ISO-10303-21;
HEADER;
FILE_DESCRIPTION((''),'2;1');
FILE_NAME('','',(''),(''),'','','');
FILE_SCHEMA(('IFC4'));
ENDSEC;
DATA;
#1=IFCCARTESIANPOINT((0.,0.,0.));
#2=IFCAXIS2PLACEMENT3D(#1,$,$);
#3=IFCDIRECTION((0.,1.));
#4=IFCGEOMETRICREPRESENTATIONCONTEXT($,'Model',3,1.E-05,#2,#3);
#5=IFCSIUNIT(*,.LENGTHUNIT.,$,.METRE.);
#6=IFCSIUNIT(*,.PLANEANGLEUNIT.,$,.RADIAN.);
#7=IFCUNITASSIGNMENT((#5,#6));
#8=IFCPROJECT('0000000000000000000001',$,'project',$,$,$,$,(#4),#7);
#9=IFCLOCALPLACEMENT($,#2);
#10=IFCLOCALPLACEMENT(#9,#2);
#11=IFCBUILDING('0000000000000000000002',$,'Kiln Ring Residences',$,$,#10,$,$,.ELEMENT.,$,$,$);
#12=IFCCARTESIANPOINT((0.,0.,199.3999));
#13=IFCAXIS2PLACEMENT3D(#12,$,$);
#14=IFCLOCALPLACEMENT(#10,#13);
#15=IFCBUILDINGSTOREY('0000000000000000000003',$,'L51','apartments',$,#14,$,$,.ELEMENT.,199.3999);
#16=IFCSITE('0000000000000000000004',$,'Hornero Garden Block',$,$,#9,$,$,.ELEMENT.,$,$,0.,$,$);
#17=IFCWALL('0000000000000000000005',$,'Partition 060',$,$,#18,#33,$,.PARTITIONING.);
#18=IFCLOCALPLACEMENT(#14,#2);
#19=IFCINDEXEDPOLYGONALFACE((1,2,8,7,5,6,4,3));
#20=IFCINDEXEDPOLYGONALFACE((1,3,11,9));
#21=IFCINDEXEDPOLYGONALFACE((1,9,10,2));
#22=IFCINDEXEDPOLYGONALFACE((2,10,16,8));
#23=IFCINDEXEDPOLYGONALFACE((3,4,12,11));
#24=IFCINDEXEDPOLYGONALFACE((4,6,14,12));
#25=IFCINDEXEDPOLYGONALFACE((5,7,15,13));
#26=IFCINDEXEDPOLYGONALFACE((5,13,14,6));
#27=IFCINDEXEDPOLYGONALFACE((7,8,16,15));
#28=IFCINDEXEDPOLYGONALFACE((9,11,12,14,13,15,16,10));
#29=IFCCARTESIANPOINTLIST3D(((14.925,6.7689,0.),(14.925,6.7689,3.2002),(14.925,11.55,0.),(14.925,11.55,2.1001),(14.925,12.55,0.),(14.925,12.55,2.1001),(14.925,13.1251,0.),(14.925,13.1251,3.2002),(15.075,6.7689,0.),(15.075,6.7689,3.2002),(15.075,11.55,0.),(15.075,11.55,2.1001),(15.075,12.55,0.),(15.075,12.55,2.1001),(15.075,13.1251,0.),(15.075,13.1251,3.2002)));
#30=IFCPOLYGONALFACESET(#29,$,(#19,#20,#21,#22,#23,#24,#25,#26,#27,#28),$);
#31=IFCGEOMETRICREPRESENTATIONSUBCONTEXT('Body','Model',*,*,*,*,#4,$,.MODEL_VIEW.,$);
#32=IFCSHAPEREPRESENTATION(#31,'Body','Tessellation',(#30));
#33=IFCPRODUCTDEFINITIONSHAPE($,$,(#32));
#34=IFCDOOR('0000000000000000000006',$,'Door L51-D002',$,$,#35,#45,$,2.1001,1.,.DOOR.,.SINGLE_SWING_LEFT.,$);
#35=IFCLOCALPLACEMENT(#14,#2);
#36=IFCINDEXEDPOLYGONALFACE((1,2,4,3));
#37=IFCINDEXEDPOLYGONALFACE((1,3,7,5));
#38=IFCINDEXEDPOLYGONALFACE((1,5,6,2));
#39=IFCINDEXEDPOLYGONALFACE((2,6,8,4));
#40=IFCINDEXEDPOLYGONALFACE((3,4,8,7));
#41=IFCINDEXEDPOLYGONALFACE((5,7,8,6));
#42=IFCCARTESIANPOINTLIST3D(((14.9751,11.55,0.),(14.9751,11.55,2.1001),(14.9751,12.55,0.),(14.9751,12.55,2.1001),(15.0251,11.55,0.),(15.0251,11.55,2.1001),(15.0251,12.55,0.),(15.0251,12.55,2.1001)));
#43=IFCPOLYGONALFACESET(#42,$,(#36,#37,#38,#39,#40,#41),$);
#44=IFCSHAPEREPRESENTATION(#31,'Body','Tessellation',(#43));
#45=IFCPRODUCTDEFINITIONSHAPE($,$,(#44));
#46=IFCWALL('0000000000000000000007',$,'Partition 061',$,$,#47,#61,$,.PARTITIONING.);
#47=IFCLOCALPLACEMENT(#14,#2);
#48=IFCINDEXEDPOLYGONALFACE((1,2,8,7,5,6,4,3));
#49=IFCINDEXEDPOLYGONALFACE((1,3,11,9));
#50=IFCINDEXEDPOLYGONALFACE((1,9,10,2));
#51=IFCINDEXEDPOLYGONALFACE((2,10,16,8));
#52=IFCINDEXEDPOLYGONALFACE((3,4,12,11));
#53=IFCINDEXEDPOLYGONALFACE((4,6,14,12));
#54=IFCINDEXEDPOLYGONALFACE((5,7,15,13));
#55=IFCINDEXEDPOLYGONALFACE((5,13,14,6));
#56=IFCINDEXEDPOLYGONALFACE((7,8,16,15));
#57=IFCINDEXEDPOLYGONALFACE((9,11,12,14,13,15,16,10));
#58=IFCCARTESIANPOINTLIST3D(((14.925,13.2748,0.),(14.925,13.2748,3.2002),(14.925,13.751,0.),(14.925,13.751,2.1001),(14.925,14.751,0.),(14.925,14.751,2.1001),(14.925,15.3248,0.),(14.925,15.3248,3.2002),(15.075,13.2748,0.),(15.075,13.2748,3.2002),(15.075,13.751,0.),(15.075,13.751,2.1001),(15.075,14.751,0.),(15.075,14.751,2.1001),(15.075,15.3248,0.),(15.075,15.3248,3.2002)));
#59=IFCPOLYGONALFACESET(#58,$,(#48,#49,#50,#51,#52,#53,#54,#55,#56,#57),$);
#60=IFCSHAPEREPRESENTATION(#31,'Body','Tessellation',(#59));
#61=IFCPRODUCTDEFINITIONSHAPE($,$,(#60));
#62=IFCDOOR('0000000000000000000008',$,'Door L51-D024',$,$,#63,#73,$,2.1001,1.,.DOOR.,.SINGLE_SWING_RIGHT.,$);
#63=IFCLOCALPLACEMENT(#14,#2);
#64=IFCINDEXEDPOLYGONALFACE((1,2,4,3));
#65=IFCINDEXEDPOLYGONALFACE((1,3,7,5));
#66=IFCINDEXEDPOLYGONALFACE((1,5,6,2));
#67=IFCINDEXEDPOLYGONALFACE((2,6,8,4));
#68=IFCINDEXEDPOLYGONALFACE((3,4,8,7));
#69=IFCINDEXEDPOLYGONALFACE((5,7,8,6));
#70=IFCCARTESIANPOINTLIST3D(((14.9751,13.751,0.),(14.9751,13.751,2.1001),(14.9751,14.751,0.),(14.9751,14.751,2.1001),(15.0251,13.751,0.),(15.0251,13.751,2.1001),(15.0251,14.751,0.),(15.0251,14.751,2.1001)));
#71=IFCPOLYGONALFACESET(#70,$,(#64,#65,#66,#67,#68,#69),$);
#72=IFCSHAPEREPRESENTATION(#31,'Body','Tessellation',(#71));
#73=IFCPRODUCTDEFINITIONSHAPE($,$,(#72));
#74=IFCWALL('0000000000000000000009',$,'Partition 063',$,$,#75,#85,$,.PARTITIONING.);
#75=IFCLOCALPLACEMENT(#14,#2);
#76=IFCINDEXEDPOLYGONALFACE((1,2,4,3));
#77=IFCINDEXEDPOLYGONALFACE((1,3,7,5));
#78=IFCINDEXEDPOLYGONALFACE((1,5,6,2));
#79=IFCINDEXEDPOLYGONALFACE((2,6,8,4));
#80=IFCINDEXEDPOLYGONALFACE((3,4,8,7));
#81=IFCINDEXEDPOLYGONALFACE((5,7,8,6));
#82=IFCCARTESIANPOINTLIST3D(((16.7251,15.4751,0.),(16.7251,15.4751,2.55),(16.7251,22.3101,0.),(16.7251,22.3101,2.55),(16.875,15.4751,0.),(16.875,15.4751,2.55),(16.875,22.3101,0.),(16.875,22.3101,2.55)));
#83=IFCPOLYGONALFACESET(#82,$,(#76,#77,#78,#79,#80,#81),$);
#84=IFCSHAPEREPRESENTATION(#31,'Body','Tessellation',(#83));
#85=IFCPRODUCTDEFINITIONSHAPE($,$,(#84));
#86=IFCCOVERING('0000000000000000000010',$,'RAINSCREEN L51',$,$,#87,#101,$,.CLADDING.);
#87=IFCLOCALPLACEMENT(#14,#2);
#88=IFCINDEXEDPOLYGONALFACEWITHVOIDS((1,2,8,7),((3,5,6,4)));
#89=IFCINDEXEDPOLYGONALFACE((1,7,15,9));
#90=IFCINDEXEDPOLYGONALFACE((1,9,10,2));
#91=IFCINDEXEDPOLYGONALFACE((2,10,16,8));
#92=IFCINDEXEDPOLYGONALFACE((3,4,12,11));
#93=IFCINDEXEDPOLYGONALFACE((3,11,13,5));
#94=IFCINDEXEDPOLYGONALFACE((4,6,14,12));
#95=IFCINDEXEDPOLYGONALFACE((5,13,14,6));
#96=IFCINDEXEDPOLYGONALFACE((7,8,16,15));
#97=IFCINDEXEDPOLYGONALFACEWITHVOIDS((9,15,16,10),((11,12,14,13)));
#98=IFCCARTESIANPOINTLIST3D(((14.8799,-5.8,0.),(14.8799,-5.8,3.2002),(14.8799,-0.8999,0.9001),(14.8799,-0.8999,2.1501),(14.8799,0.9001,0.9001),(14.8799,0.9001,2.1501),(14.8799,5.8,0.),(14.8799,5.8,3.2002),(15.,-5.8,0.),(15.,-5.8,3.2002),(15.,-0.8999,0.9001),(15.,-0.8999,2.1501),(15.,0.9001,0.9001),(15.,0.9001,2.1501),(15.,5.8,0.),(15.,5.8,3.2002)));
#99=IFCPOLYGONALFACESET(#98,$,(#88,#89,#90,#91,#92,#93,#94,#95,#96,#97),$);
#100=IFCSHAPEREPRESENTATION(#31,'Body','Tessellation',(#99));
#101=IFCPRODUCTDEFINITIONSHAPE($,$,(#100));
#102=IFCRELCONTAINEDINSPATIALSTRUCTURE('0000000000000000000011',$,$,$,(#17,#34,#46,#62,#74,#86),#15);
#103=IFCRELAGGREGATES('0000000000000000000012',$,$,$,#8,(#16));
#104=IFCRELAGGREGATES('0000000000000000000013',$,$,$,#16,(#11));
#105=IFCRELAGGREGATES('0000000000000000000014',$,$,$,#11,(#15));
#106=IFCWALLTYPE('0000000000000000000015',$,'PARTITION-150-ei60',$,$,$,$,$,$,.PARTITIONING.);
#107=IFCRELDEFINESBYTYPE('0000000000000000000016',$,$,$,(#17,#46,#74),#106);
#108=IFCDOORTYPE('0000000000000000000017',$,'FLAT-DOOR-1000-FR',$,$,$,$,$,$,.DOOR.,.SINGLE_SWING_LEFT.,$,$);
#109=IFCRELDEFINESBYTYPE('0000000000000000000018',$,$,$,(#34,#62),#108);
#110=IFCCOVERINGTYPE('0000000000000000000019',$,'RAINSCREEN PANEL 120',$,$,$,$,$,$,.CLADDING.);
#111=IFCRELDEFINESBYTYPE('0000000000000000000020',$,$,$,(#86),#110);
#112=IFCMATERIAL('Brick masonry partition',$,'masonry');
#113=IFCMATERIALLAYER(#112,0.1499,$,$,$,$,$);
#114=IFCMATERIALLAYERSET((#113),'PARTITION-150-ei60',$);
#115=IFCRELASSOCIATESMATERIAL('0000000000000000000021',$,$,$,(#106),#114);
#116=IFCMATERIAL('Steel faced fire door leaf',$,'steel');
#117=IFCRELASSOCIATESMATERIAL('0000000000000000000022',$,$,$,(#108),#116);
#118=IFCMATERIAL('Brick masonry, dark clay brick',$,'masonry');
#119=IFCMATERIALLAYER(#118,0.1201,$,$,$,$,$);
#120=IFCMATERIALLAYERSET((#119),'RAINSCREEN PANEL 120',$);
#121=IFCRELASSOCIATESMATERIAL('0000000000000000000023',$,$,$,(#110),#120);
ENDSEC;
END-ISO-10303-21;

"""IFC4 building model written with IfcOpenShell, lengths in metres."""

from ifc_helpers import new_model, si_unit, direction, frame, frame_2d, origin, place, context, subcontext, project, spatial, polyline, rectangle, outline, extrude, material, layer, layer_set, type_object, element, fill, save


model = new_model("IFC4")

# Units and contexts
model_context = context("Model", 3, precision=1e-05, world=origin(), true_north=direction((0.0, 1.0)))
body_context = subcontext(model_context, "Body", "Model", "MODEL_VIEW")
ifc_project = project(units=[si_unit("LENGTHUNIT", "METRE"), si_unit("PLANEANGLEUNIT", "RADIAN")], contexts=[model_context])

# Site, building, storey
site_placement = place(None, origin())
site = spatial("IfcSite", under=ifc_project, at=site_placement, Name="Hornero Garden Block", CompositionType="ELEMENT", RefElevation=0.0)
building_placement = place(site_placement, origin())
building = spatial("IfcBuilding", under=site, at=building_placement, Name="Kiln Ring Residences", CompositionType="ELEMENT")
storey_placement = place(building_placement, frame((0.0, 0.0, 199.3999)))
storey = spatial("IfcBuildingStorey", under=building, at=storey_placement, Name="L51", Description="apartments", CompositionType="ELEMENT", Elevation=199.3999)

# Shared definitions
ifc_material_1 = material(Name="Brick masonry partition", Category="masonry")
ifc_layer_1 = layer(ifc_material_1, 0.1499)
ifc_layer_set_1 = layer_set([ifc_layer_1], Name="PARTITION-150-ei60")
wall_type_1 = type_object("IfcWallType", Name="PARTITION-150-ei60", PredefinedType="PARTITIONING", material=ifc_layer_set_1)
ifc_material_2 = material(Name="Steel faced fire door leaf", Category="steel")
door_type_1 = type_object("IfcDoorType", Name="FLAT-DOOR-1000-FR", OperationType="SINGLE_SWING_LEFT", PredefinedType="DOOR", material=ifc_material_2)

# Walls, openings, doors
wall_1_placement = place(storey_placement, frame((15.0, 6.7688, 0.0), z_axis=(0.0, 0.0, 1.0), x_axis=(0.0, 1.0, 0.0)))
wall_1 = element("IfcWall", 1, at=wall_1_placement, inside=storey, type_object=wall_type_1, Name="Partition 060", PredefinedType="PARTITIONING", context=body_context, shape_type="SweptSolid", body=[
    extrude(rectangle(XDim=6.3562, YDim=0.1499, at=frame_2d((3.1782, 0.0))), origin(), (0.0, 0.0, 1.0), 3.2002),
])
opening_1_placement = place(wall_1_placement, frame((4.7812, 0.0, 0.0)))
opening_1 = element("IfcOpeningElement", 2, at=opening_1_placement, cuts=wall_1, PredefinedType="OPENING", context=body_context, shape_type="SweptSolid", body=[
    extrude(rectangle(XDim=1.0, YDim=2.1001, at=frame_2d((0.5, 1.05))), frame((0.0, 0.085, 0.0), z_axis=(0.0, -1.0, 0.0), x_axis=(1.0, 0.0, 0.0)), (0.0, 0.0, 1.0), 0.1699),
])
door_1_placement = place(opening_1_placement, origin())
door_1 = element("IfcDoor", 3, at=door_1_placement, inside=storey, type_object=door_type_1, Name="Door L51-D002", OperationType="SINGLE_SWING_LEFT", OverallHeight=2.1001, OverallWidth=1.0, PredefinedType="DOOR", context=body_context, shape_type="SweptSolid", body=[
    extrude(rectangle(XDim=1.0, YDim=2.1001, at=frame_2d((0.5, 1.05))), frame((0.0, 0.0249, 0.0), z_axis=(0.0, -1.0, 0.0), x_axis=(1.0, 0.0, 0.0)), (0.0, 0.0, 1.0), 0.05),
])
fill(opening_1, door_1)
wall_2_placement = place(storey_placement, frame((15.0, 13.2749, 0.0), z_axis=(0.0, 0.0, 1.0), x_axis=(0.0, 1.0, 0.0)))
wall_2 = element("IfcWall", 4, at=wall_2_placement, inside=storey, type_object=wall_type_1, Name="Partition 061", PredefinedType="PARTITIONING", context=body_context, shape_type="SweptSolid", body=[
    extrude(rectangle(XDim=2.05, YDim=0.1499, at=frame_2d((1.0249, 0.0))), origin(), (0.0, 0.0, 1.0), 3.2002),
])
opening_2_placement = place(wall_2_placement, frame((0.4761, 0.0, 0.0)))
opening_2 = element("IfcOpeningElement", 5, at=opening_2_placement, cuts=wall_2, PredefinedType="OPENING", context=body_context, shape_type="SweptSolid", body=[
    extrude(rectangle(XDim=1.0, YDim=2.1001, at=frame_2d((0.5, 1.05))), frame((0.0, 0.085, 0.0), z_axis=(0.0, -1.0, 0.0), x_axis=(1.0, 0.0, 0.0)), (0.0, 0.0, 1.0), 0.1699),
])
door_2_placement = place(opening_2_placement, origin())
door_2 = element("IfcDoor", 6, at=door_2_placement, inside=storey, type_object=door_type_1, Name="Door L51-D024", OperationType="SINGLE_SWING_RIGHT", OverallHeight=2.1001, OverallWidth=1.0, PredefinedType="DOOR", context=body_context, shape_type="SweptSolid", body=[
    extrude(rectangle(XDim=1.0, YDim=2.1001, at=frame_2d((0.5, 1.05))), frame((0.0, 0.0249, 0.0), z_axis=(0.0, -1.0, 0.0), x_axis=(1.0, 0.0, 0.0)), (0.0, 0.0, 1.0), 0.05),
])
fill(opening_2, door_2)

# Wall
wall_3_placement = place(storey_placement, frame((16.8, 15.4751, 0.0), z_axis=(0.0, 0.0, 1.0), x_axis=(0.0, 1.0, 0.0)))
element("IfcWall", 7, at=wall_3_placement, inside=storey, type_object=wall_type_1, Name="Partition 063", PredefinedType="PARTITIONING", context=body_context, shape_type="SweptSolid", body=[
    extrude(rectangle(XDim=6.835, YDim=0.1499, at=frame_2d((3.4175, 0.0))), origin(), (0.0, 0.0, 1.0), 2.55),
])

# Covering
ifc_material_3 = material(Name="Brick masonry, dark clay brick", Category="masonry")
ifc_layer_2 = layer(ifc_material_3, 0.1201)
ifc_layer_set_2 = layer_set([ifc_layer_2], Name="RAINSCREEN PANEL 120")
covering_type = type_object("IfcCoveringType", Name="RAINSCREEN PANEL 120", PredefinedType="CLADDING", material=ifc_layer_set_2)
covering_placement = place(storey_placement, frame((14.9399, 5.8, 0.0), z_axis=(0.0, 0.0, 1.0), x_axis=(0.0, -1.0, 0.0)))
element("IfcCovering", 8, at=covering_placement, inside=storey, type_object=covering_type, Name="RAINSCREEN L51", PredefinedType="CLADDING", context=body_context, shape_type="SweptSolid", body=[
    extrude(outline(polyline([(0.0, 0.0), (11.6001, 0.0), (11.6001, 3.2002), (0.0, 3.2002), (0.0, 0.0)]), holes=[polyline([(4.8999, 2.1501), (4.8999, 0.9001), (6.7, 0.9001), (6.7, 2.1501), (4.8999, 2.1501)])]), frame((0.0, 0.0601, 0.0), z_axis=(0.0, -1.0, 0.0), x_axis=(1.0, 0.0, 0.0)), (0.0, 0.0, 1.0), 0.1201),
])

save(model, "model.ifc")
